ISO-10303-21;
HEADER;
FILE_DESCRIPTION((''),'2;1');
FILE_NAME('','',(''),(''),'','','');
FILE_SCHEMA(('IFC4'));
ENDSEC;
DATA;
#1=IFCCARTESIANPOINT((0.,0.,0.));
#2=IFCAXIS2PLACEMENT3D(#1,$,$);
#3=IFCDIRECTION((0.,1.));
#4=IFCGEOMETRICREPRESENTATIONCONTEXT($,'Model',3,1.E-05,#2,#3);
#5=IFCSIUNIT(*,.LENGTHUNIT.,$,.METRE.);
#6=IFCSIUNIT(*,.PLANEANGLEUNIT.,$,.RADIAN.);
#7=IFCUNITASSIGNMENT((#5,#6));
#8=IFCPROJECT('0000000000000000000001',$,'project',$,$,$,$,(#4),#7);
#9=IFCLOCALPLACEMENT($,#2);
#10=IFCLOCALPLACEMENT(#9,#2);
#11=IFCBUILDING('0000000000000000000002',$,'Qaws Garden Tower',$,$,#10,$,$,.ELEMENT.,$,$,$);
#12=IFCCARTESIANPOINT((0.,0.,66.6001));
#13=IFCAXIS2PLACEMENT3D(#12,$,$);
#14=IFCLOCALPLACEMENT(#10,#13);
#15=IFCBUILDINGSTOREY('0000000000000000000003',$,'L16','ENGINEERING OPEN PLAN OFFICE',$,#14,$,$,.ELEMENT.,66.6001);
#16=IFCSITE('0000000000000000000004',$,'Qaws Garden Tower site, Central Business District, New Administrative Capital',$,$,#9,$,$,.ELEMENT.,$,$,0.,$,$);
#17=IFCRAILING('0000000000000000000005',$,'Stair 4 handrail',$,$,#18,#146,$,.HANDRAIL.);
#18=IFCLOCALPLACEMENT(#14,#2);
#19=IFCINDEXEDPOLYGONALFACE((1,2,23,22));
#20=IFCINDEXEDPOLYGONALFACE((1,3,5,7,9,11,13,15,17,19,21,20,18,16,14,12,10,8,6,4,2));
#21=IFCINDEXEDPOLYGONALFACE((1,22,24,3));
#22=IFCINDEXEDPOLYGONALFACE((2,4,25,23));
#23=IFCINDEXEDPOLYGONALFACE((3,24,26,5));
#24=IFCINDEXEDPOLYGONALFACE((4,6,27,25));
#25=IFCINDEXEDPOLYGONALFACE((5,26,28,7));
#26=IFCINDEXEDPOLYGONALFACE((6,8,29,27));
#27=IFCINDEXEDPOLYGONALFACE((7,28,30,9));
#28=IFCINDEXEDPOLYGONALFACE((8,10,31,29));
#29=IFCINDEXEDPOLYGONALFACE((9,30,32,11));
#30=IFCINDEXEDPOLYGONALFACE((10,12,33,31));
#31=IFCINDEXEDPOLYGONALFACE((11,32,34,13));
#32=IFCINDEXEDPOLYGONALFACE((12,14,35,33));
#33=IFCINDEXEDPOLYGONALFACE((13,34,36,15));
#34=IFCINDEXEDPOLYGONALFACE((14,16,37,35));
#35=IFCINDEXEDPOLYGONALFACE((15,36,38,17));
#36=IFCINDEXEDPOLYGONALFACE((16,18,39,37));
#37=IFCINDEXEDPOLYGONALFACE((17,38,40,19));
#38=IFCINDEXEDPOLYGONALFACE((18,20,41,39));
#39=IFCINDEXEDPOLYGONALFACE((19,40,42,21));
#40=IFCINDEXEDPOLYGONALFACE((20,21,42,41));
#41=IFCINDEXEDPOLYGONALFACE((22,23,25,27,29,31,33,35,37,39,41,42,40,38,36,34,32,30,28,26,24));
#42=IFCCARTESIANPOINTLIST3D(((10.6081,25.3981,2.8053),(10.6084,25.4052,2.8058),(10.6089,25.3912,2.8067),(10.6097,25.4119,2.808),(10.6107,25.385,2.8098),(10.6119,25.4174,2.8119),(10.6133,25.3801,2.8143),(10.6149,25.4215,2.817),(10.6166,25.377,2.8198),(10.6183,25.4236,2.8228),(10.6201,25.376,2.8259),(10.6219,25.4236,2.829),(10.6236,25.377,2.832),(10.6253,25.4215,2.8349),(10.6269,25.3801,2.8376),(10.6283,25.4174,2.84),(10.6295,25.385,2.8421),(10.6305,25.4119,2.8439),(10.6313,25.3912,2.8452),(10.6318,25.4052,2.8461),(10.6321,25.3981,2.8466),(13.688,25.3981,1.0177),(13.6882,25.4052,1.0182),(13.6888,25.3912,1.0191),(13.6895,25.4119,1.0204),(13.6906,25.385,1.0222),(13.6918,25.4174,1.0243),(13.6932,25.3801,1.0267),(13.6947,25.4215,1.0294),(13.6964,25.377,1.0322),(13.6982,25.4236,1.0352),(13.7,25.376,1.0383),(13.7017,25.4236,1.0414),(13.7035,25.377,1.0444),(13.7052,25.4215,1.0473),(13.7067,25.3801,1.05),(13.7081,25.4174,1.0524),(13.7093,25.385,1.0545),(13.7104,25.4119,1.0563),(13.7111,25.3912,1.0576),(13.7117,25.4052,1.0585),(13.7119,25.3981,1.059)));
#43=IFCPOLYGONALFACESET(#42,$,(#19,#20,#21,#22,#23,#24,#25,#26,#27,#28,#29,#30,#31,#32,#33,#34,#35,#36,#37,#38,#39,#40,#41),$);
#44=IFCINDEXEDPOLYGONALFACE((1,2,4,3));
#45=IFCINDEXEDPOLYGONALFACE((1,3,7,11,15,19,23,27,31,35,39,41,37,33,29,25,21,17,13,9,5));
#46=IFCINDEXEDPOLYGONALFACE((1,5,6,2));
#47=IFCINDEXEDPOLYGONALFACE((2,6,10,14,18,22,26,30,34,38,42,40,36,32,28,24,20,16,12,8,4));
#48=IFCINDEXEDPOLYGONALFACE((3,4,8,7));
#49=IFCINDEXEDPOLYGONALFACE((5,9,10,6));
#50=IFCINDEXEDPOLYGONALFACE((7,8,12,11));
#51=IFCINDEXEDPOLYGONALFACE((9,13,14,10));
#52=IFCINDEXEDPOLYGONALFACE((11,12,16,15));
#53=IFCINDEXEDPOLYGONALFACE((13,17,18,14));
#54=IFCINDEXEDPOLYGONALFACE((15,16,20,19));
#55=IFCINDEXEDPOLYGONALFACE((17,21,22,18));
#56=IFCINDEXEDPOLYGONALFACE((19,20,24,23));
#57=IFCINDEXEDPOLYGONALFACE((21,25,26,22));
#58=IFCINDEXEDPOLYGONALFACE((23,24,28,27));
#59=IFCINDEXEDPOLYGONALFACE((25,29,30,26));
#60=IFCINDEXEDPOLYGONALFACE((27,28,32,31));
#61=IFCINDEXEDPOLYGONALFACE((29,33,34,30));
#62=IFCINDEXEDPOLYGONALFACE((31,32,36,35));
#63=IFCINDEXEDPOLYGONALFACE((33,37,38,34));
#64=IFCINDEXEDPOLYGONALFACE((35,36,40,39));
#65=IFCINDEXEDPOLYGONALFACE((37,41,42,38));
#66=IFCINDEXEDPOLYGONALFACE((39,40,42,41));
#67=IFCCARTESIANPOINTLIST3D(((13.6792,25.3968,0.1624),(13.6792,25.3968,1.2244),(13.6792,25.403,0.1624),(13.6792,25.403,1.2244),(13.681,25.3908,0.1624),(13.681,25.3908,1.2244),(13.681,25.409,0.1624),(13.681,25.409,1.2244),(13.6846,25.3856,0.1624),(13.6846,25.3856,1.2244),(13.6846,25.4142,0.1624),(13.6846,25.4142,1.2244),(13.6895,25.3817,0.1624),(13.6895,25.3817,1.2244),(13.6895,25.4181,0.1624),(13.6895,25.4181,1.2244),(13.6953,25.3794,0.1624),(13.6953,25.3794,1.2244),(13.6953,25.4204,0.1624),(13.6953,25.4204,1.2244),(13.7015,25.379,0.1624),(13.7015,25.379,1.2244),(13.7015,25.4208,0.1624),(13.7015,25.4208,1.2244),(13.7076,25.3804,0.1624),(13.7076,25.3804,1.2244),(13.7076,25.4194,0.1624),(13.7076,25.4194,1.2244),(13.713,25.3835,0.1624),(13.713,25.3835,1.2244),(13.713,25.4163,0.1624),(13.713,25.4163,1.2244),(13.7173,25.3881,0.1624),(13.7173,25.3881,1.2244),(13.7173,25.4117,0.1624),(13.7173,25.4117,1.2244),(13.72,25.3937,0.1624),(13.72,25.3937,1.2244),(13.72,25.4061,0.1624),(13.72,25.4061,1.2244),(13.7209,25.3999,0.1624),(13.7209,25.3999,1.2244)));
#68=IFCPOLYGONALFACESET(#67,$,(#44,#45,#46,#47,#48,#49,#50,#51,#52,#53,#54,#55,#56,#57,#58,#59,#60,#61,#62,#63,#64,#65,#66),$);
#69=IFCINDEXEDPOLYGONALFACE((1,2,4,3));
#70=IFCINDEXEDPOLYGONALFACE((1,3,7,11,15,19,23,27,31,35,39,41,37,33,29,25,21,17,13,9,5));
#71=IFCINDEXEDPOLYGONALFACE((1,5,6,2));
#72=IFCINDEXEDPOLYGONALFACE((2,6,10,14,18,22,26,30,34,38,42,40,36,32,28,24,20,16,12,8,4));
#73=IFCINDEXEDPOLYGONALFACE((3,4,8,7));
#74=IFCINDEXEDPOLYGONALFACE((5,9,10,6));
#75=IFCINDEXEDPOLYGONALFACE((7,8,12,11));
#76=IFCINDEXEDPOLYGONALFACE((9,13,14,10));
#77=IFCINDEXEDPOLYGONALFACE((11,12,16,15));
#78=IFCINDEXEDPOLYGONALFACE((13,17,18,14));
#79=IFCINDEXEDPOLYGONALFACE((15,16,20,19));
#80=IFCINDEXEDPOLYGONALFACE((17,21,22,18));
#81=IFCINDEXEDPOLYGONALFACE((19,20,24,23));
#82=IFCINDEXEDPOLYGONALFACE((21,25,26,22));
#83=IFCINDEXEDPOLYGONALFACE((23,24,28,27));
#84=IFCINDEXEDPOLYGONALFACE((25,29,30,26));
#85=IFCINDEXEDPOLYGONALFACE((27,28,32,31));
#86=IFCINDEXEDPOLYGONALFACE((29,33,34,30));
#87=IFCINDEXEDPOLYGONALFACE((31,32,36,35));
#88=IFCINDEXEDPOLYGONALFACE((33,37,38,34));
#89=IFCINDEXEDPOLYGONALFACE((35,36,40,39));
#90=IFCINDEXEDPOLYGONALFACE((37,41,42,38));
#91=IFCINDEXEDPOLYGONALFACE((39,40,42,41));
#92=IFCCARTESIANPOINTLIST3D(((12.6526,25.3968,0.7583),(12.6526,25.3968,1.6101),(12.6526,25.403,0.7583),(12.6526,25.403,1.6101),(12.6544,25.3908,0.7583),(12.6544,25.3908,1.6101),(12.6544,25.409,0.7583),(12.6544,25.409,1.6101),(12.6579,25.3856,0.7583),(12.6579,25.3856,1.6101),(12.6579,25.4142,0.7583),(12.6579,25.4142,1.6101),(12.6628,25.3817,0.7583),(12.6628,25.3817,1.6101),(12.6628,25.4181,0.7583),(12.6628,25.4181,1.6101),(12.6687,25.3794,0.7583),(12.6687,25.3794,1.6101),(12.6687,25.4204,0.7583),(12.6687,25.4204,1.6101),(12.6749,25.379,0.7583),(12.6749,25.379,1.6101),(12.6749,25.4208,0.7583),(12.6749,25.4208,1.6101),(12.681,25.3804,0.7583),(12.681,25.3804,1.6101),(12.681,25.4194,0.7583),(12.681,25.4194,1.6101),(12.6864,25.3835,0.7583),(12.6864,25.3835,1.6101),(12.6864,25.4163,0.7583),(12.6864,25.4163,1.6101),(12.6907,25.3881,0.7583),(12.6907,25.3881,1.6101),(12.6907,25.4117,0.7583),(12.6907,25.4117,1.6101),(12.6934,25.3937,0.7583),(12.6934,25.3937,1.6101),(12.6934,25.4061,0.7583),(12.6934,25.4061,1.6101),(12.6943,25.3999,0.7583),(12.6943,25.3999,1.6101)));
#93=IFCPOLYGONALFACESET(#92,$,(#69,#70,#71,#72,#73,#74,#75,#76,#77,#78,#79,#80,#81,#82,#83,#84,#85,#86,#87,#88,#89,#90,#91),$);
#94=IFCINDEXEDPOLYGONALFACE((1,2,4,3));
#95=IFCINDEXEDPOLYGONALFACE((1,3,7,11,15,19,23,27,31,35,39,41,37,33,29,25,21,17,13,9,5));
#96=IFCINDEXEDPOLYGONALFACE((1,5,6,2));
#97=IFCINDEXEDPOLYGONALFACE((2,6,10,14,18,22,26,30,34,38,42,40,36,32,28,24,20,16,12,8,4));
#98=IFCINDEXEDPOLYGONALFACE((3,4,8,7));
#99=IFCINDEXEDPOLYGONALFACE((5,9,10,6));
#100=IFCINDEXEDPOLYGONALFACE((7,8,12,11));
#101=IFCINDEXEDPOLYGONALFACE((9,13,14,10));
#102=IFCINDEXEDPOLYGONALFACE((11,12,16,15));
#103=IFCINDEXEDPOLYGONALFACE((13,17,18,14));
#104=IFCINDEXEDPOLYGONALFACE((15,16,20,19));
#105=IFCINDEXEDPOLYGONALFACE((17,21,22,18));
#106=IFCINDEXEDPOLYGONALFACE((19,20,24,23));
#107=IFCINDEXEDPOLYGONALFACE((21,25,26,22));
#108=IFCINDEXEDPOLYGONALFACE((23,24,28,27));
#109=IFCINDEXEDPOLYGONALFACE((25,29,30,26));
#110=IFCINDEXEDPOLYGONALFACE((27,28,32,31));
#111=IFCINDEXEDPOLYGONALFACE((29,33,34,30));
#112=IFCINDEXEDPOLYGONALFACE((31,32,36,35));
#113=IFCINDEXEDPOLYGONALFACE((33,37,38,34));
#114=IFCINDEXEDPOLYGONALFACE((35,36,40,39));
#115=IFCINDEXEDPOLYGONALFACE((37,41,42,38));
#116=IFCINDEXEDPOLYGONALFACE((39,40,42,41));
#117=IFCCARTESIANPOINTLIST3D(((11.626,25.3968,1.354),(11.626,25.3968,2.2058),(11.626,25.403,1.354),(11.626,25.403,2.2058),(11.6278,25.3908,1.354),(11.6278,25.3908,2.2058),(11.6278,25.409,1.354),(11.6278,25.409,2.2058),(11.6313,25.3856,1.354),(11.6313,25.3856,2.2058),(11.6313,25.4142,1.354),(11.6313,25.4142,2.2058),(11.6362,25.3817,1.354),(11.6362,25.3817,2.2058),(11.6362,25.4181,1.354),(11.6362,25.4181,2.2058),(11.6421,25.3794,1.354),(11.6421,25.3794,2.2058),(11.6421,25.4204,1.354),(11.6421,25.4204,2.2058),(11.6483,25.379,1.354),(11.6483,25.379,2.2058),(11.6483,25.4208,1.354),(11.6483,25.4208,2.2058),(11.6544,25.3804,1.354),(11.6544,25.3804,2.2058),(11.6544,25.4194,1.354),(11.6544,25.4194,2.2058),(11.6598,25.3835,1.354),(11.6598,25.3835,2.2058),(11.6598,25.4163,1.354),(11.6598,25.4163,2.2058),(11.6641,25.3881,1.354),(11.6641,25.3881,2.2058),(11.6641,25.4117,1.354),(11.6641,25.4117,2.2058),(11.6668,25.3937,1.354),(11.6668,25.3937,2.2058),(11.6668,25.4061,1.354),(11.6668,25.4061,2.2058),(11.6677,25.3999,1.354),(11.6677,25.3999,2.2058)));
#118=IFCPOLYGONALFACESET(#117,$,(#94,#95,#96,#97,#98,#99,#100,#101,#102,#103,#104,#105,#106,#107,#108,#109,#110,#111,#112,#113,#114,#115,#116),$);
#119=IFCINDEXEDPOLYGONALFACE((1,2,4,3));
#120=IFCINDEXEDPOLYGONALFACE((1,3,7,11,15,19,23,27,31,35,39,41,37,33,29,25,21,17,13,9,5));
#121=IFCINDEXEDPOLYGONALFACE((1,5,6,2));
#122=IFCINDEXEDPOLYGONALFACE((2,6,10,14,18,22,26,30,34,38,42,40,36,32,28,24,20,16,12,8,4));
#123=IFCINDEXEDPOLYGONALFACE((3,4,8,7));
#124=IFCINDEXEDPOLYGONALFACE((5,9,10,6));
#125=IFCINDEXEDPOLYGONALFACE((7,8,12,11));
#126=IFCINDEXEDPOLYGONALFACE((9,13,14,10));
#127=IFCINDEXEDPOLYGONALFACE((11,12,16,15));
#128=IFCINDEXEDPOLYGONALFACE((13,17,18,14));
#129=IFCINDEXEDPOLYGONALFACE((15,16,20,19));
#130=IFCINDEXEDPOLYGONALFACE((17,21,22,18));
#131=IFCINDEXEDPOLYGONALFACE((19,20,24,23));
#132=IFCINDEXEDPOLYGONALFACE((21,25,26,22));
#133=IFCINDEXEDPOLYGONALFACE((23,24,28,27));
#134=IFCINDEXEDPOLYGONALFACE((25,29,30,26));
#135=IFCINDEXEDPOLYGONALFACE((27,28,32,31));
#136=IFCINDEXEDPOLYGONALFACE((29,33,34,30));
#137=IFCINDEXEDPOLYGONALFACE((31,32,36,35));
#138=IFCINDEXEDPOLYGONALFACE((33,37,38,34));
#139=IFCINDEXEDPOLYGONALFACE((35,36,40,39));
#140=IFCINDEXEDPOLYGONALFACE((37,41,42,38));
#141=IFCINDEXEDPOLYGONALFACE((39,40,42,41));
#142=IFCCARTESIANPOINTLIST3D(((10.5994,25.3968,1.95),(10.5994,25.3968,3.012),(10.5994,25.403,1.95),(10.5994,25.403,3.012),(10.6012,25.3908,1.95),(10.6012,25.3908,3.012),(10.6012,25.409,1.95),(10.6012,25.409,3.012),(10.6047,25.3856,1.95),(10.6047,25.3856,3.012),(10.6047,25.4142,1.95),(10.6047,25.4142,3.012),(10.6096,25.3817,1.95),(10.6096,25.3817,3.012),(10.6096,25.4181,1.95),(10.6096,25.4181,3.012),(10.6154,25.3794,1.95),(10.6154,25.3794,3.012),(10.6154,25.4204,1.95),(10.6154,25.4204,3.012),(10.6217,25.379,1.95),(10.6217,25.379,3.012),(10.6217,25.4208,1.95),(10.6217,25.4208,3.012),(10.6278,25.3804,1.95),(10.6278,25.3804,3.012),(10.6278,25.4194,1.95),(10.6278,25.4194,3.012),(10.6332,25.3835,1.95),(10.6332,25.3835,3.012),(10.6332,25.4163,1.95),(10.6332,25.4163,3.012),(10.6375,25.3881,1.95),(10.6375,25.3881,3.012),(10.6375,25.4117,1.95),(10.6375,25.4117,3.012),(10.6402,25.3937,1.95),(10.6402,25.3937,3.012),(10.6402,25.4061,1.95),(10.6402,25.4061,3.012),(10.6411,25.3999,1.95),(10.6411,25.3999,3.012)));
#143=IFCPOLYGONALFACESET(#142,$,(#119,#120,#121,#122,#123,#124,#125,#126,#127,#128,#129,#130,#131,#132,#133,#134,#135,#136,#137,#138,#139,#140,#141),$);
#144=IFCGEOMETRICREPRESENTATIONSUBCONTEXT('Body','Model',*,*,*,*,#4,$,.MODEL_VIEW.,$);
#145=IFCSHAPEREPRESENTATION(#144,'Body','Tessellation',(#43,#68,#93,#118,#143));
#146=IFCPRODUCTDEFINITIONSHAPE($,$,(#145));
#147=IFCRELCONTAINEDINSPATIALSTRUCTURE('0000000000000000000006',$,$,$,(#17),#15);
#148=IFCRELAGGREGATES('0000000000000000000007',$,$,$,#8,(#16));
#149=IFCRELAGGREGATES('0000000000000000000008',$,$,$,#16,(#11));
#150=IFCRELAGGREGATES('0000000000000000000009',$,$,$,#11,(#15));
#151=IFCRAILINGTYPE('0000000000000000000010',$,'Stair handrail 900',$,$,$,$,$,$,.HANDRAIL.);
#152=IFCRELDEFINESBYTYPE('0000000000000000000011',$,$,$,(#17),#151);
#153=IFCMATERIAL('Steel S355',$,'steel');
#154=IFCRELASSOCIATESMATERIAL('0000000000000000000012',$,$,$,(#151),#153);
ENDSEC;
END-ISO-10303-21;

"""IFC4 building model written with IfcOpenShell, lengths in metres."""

from ifc_helpers import new_model, si_unit, direction, frame, origin, origin_2d, place, context, subcontext, project, spatial, circle, extrude, material, type_object, element, save


model = new_model("IFC4")

# Units and contexts
model_context = context("Model", 3, precision=1e-05, world=origin(), true_north=direction((0.0, 1.0)))
body_context = subcontext(model_context, "Body", "Model", "MODEL_VIEW")
ifc_project = project(units=[si_unit("LENGTHUNIT", "METRE"), si_unit("PLANEANGLEUNIT", "RADIAN")], contexts=[model_context])

# Site, building, storey
site_placement = place(None, origin())
site = spatial("IfcSite", under=ifc_project, at=site_placement, Name="Qaws Garden Tower site, Central Business District, New Administrative Capital", CompositionType="ELEMENT", RefElevation=0.0)
building_placement = place(site_placement, origin())
building = spatial("IfcBuilding", under=site, at=building_placement, Name="Qaws Garden Tower", CompositionType="ELEMENT")
storey_placement = place(building_placement, frame((0.0, 0.0, 66.6001)))
storey = spatial("IfcBuildingStorey", under=building, at=storey_placement, Name="L16", Description="ENGINEERING OPEN PLAN OFFICE", CompositionType="ELEMENT", Elevation=66.6001)

# Railing
ifc_material_1 = material(Name="Steel S355", Category="steel")
railing_type = type_object("IfcRailingType", Name="Stair handrail 900", PredefinedType="HANDRAIL", material=ifc_material_1)
railing_1_placement = place(storey_placement, frame((13.7, 25.3999, 0.1624)))
element("IfcRailing", 1, at=railing_1_placement, inside=storey, type_object=railing_type, Name="Stair 4 handrail", PredefinedType="HANDRAIL", context=body_context, shape_type="SweptSolid", body=[
    extrude(circle(Radius=0.0239, at=origin_2d()), frame((0.0, 0.0, 0.876), z_axis=(-0.864873, 0.0, 0.50199), x_axis=(0.0, -1.0, 0.0)), (0.0, 0.0, 1.0), 3.561),
    extrude(circle(Radius=0.021, at=origin_2d()), origin(), (0.0, 0.0, 1.0), 1.062),
    extrude(circle(Radius=0.021, at=origin_2d()), frame((-1.0266, 0.0, 0.5959)), (0.0, 0.0, 1.0), 0.8518),
    extrude(circle(Radius=0.021, at=origin_2d()), frame((-2.0532, 0.0, 1.1917)), (0.0, 0.0, 1.0), 0.8518),
    extrude(circle(Radius=0.021, at=origin_2d()), frame((-3.0798, 0.0, 1.7876)), (0.0, 0.0, 1.0), 1.062),
])

save(model, "model.ifc")
